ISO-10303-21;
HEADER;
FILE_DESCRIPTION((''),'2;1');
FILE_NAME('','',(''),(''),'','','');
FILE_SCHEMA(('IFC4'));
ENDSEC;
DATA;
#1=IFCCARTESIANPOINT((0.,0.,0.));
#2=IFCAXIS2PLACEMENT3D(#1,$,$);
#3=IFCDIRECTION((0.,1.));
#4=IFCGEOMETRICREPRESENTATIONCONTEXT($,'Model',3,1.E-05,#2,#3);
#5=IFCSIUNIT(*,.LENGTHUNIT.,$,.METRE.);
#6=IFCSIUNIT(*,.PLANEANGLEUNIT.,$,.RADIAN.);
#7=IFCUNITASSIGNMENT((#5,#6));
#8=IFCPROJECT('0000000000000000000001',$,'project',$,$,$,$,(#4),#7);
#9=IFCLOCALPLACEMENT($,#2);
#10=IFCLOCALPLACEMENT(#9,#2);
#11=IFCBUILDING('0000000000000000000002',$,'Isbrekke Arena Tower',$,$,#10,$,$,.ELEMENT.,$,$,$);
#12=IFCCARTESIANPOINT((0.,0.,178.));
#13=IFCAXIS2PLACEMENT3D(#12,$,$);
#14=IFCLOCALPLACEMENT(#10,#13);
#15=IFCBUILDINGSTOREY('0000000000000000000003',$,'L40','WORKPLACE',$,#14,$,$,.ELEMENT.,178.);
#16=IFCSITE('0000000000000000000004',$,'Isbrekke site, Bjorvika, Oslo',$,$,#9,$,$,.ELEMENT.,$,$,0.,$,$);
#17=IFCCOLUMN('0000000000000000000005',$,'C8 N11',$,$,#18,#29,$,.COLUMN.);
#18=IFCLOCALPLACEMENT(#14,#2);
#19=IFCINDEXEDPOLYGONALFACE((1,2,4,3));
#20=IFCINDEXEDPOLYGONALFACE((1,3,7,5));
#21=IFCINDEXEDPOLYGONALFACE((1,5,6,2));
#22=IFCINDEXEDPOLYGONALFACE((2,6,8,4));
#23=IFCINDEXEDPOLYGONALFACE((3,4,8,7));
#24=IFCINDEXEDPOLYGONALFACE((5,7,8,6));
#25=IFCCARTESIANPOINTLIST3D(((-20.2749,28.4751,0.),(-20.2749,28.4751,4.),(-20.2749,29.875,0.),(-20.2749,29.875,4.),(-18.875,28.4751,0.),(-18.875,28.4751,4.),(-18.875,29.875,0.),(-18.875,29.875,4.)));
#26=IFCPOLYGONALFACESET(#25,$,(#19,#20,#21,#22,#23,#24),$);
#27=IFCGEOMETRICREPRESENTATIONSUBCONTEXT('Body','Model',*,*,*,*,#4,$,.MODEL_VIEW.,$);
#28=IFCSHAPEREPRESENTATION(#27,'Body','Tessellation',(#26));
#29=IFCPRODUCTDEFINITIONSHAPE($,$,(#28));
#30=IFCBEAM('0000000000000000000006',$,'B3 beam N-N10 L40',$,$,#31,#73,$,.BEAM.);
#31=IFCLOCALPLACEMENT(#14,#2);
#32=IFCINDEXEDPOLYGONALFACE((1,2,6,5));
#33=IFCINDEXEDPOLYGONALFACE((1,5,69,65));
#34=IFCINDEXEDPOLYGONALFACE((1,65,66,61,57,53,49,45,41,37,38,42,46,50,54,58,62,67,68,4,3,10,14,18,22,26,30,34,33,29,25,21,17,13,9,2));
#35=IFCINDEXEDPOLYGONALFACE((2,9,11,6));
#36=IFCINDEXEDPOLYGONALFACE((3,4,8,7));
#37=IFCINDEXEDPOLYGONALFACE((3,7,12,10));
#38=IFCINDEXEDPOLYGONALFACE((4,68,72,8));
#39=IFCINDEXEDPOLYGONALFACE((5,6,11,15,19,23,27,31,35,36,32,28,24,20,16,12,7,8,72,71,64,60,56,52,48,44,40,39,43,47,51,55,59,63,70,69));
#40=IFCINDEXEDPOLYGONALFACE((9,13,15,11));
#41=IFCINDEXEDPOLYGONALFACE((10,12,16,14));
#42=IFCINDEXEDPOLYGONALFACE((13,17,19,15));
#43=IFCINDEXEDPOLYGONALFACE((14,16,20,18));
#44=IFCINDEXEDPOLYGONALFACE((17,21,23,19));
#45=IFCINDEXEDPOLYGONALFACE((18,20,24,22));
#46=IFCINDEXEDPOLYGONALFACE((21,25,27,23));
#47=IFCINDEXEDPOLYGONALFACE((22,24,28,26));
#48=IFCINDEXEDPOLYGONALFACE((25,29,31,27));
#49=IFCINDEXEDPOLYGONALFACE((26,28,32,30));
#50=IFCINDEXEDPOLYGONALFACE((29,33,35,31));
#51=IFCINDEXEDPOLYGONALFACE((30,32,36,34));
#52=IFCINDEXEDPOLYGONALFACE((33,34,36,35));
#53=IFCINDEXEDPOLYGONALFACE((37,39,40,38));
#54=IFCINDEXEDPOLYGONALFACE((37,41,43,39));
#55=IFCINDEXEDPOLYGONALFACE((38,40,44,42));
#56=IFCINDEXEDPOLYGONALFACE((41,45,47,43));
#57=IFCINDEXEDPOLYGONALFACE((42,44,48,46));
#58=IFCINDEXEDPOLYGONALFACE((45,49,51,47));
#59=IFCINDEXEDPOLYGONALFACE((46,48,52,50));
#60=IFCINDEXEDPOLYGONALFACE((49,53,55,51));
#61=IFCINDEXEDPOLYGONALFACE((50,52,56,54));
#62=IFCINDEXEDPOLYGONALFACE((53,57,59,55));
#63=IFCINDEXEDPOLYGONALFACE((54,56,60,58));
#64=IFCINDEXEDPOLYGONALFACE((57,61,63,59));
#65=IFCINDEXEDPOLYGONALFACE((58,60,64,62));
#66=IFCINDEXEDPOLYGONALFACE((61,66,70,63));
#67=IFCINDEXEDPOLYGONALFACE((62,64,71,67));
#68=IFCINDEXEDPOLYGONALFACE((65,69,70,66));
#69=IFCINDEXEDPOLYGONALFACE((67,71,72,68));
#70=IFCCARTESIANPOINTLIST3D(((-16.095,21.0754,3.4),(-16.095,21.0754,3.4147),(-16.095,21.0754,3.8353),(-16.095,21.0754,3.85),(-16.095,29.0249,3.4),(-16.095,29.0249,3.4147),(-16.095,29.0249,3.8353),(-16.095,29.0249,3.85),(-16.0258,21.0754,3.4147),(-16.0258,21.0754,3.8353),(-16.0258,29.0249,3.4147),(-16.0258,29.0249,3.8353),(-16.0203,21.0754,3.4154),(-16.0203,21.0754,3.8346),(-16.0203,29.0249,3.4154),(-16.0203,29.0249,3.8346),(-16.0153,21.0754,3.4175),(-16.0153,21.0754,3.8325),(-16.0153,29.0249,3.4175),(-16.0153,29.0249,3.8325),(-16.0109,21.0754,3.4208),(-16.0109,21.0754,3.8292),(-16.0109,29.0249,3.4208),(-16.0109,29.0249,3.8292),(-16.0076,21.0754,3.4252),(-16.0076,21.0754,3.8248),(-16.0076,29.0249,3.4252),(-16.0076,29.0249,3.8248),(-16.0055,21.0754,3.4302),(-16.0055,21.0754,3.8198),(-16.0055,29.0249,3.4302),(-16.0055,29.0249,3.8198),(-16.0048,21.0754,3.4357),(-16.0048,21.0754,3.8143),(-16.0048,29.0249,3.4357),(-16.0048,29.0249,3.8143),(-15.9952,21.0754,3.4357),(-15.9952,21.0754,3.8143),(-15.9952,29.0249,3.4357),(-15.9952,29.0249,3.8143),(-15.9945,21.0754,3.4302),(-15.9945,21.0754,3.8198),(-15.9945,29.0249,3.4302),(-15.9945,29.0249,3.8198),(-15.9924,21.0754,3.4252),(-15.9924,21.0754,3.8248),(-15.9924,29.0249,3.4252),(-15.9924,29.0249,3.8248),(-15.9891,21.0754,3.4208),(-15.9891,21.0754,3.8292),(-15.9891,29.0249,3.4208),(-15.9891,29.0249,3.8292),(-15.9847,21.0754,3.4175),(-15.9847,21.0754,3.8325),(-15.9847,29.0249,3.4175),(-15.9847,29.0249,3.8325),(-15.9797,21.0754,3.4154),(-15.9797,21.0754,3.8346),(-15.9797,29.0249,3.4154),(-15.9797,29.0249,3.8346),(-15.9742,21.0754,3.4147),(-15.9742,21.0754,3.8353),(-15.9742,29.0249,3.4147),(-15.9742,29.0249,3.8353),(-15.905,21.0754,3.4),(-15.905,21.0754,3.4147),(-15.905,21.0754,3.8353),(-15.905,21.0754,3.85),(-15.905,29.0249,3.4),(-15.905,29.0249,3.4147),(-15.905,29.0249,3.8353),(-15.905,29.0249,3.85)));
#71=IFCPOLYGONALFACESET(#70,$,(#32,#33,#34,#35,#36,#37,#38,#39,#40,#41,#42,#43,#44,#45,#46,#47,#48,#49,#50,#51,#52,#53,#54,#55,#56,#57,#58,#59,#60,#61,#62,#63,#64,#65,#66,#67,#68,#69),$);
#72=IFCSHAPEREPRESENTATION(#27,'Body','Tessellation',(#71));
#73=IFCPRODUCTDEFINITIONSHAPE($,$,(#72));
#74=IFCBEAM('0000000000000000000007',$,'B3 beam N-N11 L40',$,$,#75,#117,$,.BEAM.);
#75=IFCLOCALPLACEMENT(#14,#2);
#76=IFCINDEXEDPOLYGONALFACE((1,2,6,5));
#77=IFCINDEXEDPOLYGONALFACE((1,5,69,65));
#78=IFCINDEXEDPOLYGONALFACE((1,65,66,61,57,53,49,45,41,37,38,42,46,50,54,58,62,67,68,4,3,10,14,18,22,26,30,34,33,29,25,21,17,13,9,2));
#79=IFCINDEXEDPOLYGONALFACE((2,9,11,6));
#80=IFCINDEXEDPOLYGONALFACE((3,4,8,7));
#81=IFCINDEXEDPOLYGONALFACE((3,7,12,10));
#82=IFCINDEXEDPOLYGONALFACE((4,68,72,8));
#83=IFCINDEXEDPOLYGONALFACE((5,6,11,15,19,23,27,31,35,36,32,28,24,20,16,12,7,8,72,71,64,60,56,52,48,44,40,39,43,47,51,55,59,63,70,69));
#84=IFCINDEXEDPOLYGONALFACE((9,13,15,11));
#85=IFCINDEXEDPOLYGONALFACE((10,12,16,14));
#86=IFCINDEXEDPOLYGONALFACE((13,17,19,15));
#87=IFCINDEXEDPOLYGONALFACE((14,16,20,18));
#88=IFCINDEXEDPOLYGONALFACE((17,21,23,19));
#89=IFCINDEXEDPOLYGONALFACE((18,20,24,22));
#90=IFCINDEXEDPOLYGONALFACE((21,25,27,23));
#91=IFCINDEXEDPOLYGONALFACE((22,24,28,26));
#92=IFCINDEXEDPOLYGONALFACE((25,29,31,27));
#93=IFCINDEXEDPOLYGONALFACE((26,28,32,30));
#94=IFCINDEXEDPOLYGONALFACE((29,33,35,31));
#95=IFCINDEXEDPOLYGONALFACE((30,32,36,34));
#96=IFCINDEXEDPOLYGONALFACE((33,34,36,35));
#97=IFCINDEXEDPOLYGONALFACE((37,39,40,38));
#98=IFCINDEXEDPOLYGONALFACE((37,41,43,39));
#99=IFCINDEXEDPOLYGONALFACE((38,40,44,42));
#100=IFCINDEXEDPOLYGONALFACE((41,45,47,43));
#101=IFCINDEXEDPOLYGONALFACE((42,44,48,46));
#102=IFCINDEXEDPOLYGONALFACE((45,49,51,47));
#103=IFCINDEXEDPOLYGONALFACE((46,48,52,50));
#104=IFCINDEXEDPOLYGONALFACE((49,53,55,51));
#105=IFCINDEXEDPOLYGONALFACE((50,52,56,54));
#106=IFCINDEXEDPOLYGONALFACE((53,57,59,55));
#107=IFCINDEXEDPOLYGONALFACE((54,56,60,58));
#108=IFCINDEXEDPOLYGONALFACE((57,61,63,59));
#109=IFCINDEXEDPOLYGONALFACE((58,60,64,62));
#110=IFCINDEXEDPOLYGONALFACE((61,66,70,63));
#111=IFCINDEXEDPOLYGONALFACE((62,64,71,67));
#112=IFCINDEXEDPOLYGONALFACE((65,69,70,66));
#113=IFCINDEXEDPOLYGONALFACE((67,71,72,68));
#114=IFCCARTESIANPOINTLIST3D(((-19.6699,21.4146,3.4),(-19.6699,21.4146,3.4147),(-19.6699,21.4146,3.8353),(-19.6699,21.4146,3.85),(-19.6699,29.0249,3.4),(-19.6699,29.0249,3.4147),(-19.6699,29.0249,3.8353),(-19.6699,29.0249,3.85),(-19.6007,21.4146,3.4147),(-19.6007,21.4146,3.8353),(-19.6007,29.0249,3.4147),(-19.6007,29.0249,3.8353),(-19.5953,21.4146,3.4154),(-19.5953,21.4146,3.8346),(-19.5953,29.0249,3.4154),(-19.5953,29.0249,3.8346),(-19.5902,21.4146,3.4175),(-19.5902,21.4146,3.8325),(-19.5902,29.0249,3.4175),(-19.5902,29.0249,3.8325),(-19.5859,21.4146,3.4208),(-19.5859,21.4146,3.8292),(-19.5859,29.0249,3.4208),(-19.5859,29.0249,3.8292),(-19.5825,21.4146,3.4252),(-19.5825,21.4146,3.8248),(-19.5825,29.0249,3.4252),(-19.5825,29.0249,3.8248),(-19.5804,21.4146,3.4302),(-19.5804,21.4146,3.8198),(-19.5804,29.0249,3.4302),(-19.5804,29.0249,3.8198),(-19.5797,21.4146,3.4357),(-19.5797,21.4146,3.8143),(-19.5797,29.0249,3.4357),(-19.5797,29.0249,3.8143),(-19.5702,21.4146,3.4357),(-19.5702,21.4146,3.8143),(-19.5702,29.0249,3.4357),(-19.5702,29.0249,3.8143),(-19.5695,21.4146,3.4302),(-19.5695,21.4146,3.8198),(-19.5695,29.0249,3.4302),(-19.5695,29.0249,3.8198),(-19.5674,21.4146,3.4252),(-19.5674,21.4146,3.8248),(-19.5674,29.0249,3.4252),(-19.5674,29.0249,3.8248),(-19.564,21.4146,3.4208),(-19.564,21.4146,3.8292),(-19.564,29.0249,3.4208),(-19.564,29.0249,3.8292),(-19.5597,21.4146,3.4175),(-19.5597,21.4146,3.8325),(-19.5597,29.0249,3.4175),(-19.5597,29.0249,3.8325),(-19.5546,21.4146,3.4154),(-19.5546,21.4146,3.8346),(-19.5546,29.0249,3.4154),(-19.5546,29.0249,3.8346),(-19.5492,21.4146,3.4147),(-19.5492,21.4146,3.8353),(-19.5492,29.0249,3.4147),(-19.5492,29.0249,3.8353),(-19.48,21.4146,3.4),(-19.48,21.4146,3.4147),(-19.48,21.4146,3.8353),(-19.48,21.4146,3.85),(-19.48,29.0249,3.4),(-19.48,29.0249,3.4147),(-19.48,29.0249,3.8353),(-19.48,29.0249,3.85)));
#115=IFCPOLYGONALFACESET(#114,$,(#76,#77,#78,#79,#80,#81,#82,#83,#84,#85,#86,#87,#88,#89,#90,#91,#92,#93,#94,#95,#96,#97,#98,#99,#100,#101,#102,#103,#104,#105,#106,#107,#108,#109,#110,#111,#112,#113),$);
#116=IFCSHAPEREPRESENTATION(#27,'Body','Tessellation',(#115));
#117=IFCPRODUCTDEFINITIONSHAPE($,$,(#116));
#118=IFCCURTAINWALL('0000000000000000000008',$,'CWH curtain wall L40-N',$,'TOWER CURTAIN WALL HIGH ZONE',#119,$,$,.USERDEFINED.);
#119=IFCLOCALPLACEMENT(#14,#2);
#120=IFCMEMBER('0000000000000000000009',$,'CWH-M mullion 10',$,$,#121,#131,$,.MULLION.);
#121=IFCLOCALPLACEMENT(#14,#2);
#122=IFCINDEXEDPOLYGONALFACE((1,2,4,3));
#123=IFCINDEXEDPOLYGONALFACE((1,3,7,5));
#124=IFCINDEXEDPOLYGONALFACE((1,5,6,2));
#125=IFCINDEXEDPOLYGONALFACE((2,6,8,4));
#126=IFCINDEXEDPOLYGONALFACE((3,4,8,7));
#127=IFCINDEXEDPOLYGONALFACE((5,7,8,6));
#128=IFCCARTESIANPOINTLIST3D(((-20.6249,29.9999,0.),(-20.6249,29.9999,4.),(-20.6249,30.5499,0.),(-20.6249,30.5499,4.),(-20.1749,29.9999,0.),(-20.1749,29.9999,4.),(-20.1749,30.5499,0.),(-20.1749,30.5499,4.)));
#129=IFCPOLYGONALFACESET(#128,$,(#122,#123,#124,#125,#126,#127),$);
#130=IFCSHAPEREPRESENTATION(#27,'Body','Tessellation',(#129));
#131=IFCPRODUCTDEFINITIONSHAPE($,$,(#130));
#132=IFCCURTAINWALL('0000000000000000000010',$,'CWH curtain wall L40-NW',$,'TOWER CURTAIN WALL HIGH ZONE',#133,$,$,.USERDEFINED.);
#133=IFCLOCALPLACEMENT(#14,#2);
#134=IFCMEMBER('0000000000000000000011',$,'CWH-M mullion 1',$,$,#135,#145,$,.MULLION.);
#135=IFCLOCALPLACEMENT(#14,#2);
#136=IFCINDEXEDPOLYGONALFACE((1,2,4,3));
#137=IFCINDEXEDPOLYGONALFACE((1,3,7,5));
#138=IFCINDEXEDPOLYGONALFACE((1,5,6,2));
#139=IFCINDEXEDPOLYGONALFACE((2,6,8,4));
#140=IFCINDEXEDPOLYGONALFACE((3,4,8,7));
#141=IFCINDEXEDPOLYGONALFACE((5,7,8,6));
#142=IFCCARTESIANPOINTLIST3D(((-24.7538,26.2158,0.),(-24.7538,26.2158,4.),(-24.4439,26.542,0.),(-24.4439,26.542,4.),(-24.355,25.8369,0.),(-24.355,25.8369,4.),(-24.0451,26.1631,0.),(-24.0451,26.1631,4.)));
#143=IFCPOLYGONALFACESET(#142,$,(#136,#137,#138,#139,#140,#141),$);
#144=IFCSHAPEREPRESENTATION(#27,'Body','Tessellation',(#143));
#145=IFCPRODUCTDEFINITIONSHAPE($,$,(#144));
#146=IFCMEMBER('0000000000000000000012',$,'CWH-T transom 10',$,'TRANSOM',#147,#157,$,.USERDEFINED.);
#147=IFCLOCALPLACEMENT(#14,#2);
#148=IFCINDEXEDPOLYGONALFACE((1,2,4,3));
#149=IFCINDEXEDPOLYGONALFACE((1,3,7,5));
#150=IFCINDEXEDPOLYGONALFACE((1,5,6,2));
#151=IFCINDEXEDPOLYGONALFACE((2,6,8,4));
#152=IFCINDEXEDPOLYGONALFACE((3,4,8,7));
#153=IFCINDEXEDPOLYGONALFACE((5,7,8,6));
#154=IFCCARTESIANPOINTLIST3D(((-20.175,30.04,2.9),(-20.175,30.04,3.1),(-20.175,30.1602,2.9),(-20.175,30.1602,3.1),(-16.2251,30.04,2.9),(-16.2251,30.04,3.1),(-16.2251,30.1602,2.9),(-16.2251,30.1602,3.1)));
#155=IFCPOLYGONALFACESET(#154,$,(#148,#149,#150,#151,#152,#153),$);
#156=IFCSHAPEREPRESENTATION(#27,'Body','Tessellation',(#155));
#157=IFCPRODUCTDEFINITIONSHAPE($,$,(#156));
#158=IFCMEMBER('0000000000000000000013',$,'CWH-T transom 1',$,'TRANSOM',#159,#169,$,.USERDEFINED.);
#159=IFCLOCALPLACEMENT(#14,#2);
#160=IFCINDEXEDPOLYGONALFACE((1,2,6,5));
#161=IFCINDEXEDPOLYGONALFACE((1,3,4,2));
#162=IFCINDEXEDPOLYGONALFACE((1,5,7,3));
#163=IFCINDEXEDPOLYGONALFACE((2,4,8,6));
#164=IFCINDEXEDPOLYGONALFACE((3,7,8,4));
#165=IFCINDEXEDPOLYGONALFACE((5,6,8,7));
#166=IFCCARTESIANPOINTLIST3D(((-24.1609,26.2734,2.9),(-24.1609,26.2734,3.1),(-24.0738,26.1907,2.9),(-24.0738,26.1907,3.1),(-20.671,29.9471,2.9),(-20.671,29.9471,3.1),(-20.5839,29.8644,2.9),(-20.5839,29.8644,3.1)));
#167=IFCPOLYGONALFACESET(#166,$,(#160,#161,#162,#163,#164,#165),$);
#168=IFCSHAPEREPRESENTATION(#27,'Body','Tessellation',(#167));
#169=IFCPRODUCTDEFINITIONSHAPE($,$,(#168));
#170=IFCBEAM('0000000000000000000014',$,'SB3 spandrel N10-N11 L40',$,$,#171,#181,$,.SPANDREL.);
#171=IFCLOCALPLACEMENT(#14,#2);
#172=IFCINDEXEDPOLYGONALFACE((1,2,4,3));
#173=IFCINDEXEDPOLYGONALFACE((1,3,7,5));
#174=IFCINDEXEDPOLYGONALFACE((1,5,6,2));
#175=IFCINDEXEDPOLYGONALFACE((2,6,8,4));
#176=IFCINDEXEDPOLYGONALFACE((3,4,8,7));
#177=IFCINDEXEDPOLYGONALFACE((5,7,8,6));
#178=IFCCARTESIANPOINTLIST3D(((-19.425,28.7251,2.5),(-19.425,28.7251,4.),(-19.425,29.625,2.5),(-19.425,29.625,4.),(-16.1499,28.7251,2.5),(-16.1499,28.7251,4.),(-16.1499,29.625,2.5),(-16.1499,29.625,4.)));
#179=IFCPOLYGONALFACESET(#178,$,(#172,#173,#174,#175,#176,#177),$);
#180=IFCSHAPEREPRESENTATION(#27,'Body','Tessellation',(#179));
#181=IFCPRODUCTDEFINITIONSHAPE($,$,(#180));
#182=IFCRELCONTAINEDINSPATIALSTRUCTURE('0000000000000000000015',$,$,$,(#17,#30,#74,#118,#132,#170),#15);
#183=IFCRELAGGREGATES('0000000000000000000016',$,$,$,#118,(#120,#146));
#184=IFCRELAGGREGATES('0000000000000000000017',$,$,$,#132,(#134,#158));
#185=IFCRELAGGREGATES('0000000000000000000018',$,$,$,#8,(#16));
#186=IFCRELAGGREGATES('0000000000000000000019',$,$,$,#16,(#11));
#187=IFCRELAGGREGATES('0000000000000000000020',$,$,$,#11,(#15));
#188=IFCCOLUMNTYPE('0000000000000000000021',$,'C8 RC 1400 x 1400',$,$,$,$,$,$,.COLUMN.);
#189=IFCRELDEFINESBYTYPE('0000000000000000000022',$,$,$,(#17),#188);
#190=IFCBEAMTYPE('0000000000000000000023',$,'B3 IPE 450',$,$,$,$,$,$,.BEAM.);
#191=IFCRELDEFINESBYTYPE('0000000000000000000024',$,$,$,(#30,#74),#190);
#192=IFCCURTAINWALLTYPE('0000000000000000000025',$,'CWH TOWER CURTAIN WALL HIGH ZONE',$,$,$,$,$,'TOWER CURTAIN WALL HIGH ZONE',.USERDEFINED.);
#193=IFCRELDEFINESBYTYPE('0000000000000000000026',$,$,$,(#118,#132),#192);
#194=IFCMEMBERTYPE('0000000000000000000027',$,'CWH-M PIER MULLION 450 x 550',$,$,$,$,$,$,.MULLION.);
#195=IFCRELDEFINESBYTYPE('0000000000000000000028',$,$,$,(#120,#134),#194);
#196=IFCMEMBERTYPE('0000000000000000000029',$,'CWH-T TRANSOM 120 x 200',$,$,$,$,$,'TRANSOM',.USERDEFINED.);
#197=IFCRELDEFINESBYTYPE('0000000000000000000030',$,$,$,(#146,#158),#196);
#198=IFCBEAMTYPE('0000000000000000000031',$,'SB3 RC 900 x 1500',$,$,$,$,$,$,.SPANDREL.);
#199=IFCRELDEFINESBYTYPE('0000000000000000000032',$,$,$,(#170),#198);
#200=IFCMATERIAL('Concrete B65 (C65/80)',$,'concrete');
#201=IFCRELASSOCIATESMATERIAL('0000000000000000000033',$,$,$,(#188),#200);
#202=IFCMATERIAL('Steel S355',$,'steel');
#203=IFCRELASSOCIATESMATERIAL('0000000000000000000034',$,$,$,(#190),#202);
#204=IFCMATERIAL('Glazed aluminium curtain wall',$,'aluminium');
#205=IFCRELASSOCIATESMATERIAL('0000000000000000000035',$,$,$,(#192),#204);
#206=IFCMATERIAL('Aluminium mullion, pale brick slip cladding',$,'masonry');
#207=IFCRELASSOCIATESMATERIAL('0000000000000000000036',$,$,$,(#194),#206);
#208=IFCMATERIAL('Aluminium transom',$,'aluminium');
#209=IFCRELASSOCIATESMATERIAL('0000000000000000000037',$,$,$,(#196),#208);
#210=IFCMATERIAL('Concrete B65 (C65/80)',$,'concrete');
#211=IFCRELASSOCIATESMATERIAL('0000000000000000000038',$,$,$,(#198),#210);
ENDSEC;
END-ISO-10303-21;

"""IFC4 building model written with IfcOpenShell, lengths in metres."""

from ifc_helpers import new_model, si_unit, direction, frame, origin, origin_2d, place, context, subcontext, project, spatial, rectangle, i_section, extrude, material, material_profile, profile_set, type_object, element, aggregate, save


model = new_model("IFC4")

# Units and contexts
model_context = context("Model", 3, precision=1e-05, world=origin(), true_north=direction((0.0, 1.0)))
body_context = subcontext(model_context, "Body", "Model", "MODEL_VIEW")
ifc_project = project(units=[si_unit("LENGTHUNIT", "METRE"), si_unit("PLANEANGLEUNIT", "RADIAN")], contexts=[model_context])

# Site, building, storey
site_placement = place(None, origin())
site = spatial("IfcSite", under=ifc_project, at=site_placement, Name="Isbrekke site, Bjorvika, Oslo", CompositionType="ELEMENT", RefElevation=0.0)
building_placement = place(site_placement, origin())
building = spatial("IfcBuilding", under=site, at=building_placement, Name="Isbrekke Arena Tower", CompositionType="ELEMENT")
storey_placement = place(building_placement, frame((0.0, 0.0, 178.0)))
storey = spatial("IfcBuildingStorey", under=building, at=storey_placement, Name="L40", Description="WORKPLACE", CompositionType="ELEMENT", Elevation=178.0)

# Column
ifc_material_1 = material(Name="Concrete B65 (C65/80)", Category="concrete")
ifc_material_profile_1 = material_profile(ifc_material_1, rectangle(XDim=1.3999, YDim=1.3999, at=origin_2d()), Name="RC 1400x1400")
ifc_profile_set_1 = profile_set([ifc_material_profile_1], Name="Concrete B65 (C65/80)")
column_type = type_object("IfcColumnType", Name="C8 RC 1400 x 1400", PredefinedType="COLUMN", material=ifc_profile_set_1)
column_placement = place(storey_placement, frame((-19.575, 29.175, 0.0), z_axis=(0.0, 0.0, 1.0), x_axis=(-1.0, 0.0, 0.0)))
element("IfcColumn", 1, at=column_placement, inside=storey, type_object=column_type, Name="C8 N11", PredefinedType="COLUMN", context=body_context, shape_type="SweptSolid", body=[
    extrude(rectangle(XDim=1.3999, YDim=1.3999, at=origin_2d()), origin(), (0.0, 0.0, 1.0), 4.0),
])

# Beams
ifc_material_2 = material(Name="Steel S355", Category="steel")
ifc_material_profile_2 = material_profile(ifc_material_2, i_section(OverallWidth=0.1899, OverallDepth=0.45, WebThickness=0.0095, FlangeThickness=0.0146, FilletRadius=0.021, at=origin_2d()), Name="IPE 450")
ifc_profile_set_2 = profile_set([ifc_material_profile_2], Name="Steel S355")
beam_type_1 = type_object("IfcBeamType", Name="B3 IPE 450", PredefinedType="BEAM", material=ifc_profile_set_2)
beam_1_placement = place(storey_placement, frame((-16.0, 29.0249, 3.625), z_axis=(0.0, -1.0, 0.0), x_axis=(1.0, 0.0, 0.0)))
element("IfcBeam", 2, at=beam_1_placement, inside=storey, type_object=beam_type_1, Name="B3 beam N-N10 L40", PredefinedType="BEAM", context=body_context, shape_type="SweptSolid", body=[
    extrude(i_section(OverallWidth=0.1899, OverallDepth=0.45, WebThickness=0.0095, FlangeThickness=0.0146, FilletRadius=0.021, at=origin_2d()), origin(), (0.0, 0.0, 1.0), 7.9495),
])
beam_2_placement = place(storey_placement, frame((-19.575, 29.0249, 3.625), z_axis=(0.0, -1.0, 0.0), x_axis=(1.0, 0.0, 0.0)))
element("IfcBeam", 3, at=beam_2_placement, inside=storey, type_object=beam_type_1, Name="B3 beam N-N11 L40", PredefinedType="BEAM", context=body_context, shape_type="SweptSolid", body=[
    extrude(i_section(OverallWidth=0.1899, OverallDepth=0.45, WebThickness=0.0095, FlangeThickness=0.0146, FilletRadius=0.021, at=origin_2d()), origin(), (0.0, 0.0, 1.0), 7.6104),
])

# Curtain walls, members
ifc_material_3 = material(Name="Glazed aluminium curtain wall", Category="aluminium")
curtain_wall_type = type_object("IfcCurtainWallType", Name="CWH TOWER CURTAIN WALL HIGH ZONE", ElementType="TOWER CURTAIN WALL HIGH ZONE", PredefinedType="USERDEFINED", material=ifc_material_3)
curtain_wall_1_placement = place(storey_placement, origin())
curtain_wall_1 = element("IfcCurtainWall", 4, at=curtain_wall_1_placement, inside=storey, type_object=curtain_wall_type, Name="CWH curtain wall L40-N", ObjectType="TOWER CURTAIN WALL HIGH ZONE", PredefinedType="USERDEFINED")
ifc_material_4 = material(Name="Aluminium mullion, pale brick slip cladding", Category="masonry")
ifc_material_profile_3 = material_profile(ifc_material_4, rectangle(XDim=0.45, YDim=0.55, at=origin_2d()), Name="PIER 450X550")
ifc_profile_set_3 = profile_set([ifc_material_profile_3], Name="Aluminium mullion, pale brick slip cladding")
member_type_1 = type_object("IfcMemberType", Name="CWH-M PIER MULLION 450 x 550", PredefinedType="MULLION", material=ifc_profile_set_3)
member_1_placement = place(storey_placement, frame((-20.3999, 30.2749, 0.0), z_axis=(0.0, 0.0, 1.0), x_axis=(-1.0, 0.0, 0.0)))
member_1 = element("IfcMember", 5, at=member_1_placement, type_object=member_type_1, Name="CWH-M mullion 10", PredefinedType="MULLION", context=body_context, shape_type="SweptSolid", body=[
    extrude(rectangle(XDim=0.45, YDim=0.55, at=origin_2d()), origin(), (0.0, 0.0, 1.0), 4.0),
])
curtain_wall_2_placement = place(storey_placement, origin())
curtain_wall_2 = element("IfcCurtainWall", 6, at=curtain_wall_2_placement, inside=storey, type_object=curtain_wall_type, Name="CWH curtain wall L40-NW", ObjectType="TOWER CURTAIN WALL HIGH ZONE", PredefinedType="USERDEFINED")
member_2_placement = place(storey_placement, frame((-24.3994, 26.1895, 0.0), z_axis=(0.0, 0.0, 1.0), x_axis=(-0.688749, -0.724999, 0.0)))
member_2 = element("IfcMember", 7, at=member_2_placement, type_object=member_type_1, Name="CWH-M mullion 1", PredefinedType="MULLION", context=body_context, shape_type="SweptSolid", body=[
    extrude(rectangle(XDim=0.45, YDim=0.55, at=origin_2d()), origin(), (0.0, 0.0, 1.0), 4.0),
])

# Members
ifc_material_5 = material(Name="Aluminium transom", Category="aluminium")
ifc_material_profile_4 = material_profile(ifc_material_5, rectangle(XDim=0.1201, YDim=0.2, at=origin_2d()), Name="TRANSOM 120X200")
ifc_profile_set_4 = profile_set([ifc_material_profile_4], Name="Aluminium transom")
member_type_2 = type_object("IfcMemberType", Name="CWH-T TRANSOM 120 x 200", ElementType="TRANSOM", PredefinedType="USERDEFINED", material=ifc_profile_set_4)
member_3_placement = place(storey_placement, frame((-16.2251, 30.1001, 3.0), z_axis=(-1.0, 0.0, 0.0), x_axis=(0.0, -1.0, 0.0)))
member_3 = element("IfcMember", 8, at=member_3_placement, type_object=member_type_2, Name="CWH-T transom 10", ObjectType="TRANSOM", PredefinedType="USERDEFINED", context=body_context, shape_type="SweptSolid", body=[
    extrude(rectangle(XDim=0.1201, YDim=0.2, at=origin_2d()), origin(), (0.0, 0.0, 1.0), 3.95),
])
member_4_placement = place(storey_placement, frame((-20.6274, 29.9058, 3.0), z_axis=(-0.688734, -0.725014, 0.0), x_axis=(0.725014, -0.688734, 0.0)))
member_4 = element("IfcMember", 9, at=member_4_placement, type_object=member_type_2, Name="CWH-T transom 1", ObjectType="TRANSOM", PredefinedType="USERDEFINED", context=body_context, shape_type="SweptSolid", body=[
    extrude(rectangle(XDim=0.1201, YDim=0.2, at=origin_2d()), origin(), (0.0, 0.0, 1.0), 5.0671),
])

# Beam
ifc_material_6 = material(Name="Concrete B65 (C65/80)", Category="concrete")
ifc_material_profile_5 = material_profile(ifc_material_6, rectangle(XDim=0.8999, YDim=1.5, at=origin_2d()), Name="RC 900x1500")
ifc_profile_set_5 = profile_set([ifc_material_profile_5], Name="Concrete B65 (C65/80)")
beam_type_2 = type_object("IfcBeamType", Name="SB3 RC 900 x 1500", PredefinedType="SPANDREL", material=ifc_profile_set_5)
beam_3_placement = place(storey_placement, frame((-16.1499, 29.175, 3.25), z_axis=(-1.0, 0.0, 0.0), x_axis=(0.0, -1.0, 0.0)))
element("IfcBeam", 10, at=beam_3_placement, inside=storey, type_object=beam_type_2, Name="SB3 spandrel N10-N11 L40", PredefinedType="SPANDREL", context=body_context, shape_type="SweptSolid", body=[
    extrude(rectangle(XDim=0.8999, YDim=1.5, at=origin_2d()), origin(), (0.0, 0.0, 1.0), 3.2751),
])

aggregate(curtain_wall_1, [member_1, member_3])
aggregate(curtain_wall_2, [member_2, member_4])

save(model, "model.ifc")
